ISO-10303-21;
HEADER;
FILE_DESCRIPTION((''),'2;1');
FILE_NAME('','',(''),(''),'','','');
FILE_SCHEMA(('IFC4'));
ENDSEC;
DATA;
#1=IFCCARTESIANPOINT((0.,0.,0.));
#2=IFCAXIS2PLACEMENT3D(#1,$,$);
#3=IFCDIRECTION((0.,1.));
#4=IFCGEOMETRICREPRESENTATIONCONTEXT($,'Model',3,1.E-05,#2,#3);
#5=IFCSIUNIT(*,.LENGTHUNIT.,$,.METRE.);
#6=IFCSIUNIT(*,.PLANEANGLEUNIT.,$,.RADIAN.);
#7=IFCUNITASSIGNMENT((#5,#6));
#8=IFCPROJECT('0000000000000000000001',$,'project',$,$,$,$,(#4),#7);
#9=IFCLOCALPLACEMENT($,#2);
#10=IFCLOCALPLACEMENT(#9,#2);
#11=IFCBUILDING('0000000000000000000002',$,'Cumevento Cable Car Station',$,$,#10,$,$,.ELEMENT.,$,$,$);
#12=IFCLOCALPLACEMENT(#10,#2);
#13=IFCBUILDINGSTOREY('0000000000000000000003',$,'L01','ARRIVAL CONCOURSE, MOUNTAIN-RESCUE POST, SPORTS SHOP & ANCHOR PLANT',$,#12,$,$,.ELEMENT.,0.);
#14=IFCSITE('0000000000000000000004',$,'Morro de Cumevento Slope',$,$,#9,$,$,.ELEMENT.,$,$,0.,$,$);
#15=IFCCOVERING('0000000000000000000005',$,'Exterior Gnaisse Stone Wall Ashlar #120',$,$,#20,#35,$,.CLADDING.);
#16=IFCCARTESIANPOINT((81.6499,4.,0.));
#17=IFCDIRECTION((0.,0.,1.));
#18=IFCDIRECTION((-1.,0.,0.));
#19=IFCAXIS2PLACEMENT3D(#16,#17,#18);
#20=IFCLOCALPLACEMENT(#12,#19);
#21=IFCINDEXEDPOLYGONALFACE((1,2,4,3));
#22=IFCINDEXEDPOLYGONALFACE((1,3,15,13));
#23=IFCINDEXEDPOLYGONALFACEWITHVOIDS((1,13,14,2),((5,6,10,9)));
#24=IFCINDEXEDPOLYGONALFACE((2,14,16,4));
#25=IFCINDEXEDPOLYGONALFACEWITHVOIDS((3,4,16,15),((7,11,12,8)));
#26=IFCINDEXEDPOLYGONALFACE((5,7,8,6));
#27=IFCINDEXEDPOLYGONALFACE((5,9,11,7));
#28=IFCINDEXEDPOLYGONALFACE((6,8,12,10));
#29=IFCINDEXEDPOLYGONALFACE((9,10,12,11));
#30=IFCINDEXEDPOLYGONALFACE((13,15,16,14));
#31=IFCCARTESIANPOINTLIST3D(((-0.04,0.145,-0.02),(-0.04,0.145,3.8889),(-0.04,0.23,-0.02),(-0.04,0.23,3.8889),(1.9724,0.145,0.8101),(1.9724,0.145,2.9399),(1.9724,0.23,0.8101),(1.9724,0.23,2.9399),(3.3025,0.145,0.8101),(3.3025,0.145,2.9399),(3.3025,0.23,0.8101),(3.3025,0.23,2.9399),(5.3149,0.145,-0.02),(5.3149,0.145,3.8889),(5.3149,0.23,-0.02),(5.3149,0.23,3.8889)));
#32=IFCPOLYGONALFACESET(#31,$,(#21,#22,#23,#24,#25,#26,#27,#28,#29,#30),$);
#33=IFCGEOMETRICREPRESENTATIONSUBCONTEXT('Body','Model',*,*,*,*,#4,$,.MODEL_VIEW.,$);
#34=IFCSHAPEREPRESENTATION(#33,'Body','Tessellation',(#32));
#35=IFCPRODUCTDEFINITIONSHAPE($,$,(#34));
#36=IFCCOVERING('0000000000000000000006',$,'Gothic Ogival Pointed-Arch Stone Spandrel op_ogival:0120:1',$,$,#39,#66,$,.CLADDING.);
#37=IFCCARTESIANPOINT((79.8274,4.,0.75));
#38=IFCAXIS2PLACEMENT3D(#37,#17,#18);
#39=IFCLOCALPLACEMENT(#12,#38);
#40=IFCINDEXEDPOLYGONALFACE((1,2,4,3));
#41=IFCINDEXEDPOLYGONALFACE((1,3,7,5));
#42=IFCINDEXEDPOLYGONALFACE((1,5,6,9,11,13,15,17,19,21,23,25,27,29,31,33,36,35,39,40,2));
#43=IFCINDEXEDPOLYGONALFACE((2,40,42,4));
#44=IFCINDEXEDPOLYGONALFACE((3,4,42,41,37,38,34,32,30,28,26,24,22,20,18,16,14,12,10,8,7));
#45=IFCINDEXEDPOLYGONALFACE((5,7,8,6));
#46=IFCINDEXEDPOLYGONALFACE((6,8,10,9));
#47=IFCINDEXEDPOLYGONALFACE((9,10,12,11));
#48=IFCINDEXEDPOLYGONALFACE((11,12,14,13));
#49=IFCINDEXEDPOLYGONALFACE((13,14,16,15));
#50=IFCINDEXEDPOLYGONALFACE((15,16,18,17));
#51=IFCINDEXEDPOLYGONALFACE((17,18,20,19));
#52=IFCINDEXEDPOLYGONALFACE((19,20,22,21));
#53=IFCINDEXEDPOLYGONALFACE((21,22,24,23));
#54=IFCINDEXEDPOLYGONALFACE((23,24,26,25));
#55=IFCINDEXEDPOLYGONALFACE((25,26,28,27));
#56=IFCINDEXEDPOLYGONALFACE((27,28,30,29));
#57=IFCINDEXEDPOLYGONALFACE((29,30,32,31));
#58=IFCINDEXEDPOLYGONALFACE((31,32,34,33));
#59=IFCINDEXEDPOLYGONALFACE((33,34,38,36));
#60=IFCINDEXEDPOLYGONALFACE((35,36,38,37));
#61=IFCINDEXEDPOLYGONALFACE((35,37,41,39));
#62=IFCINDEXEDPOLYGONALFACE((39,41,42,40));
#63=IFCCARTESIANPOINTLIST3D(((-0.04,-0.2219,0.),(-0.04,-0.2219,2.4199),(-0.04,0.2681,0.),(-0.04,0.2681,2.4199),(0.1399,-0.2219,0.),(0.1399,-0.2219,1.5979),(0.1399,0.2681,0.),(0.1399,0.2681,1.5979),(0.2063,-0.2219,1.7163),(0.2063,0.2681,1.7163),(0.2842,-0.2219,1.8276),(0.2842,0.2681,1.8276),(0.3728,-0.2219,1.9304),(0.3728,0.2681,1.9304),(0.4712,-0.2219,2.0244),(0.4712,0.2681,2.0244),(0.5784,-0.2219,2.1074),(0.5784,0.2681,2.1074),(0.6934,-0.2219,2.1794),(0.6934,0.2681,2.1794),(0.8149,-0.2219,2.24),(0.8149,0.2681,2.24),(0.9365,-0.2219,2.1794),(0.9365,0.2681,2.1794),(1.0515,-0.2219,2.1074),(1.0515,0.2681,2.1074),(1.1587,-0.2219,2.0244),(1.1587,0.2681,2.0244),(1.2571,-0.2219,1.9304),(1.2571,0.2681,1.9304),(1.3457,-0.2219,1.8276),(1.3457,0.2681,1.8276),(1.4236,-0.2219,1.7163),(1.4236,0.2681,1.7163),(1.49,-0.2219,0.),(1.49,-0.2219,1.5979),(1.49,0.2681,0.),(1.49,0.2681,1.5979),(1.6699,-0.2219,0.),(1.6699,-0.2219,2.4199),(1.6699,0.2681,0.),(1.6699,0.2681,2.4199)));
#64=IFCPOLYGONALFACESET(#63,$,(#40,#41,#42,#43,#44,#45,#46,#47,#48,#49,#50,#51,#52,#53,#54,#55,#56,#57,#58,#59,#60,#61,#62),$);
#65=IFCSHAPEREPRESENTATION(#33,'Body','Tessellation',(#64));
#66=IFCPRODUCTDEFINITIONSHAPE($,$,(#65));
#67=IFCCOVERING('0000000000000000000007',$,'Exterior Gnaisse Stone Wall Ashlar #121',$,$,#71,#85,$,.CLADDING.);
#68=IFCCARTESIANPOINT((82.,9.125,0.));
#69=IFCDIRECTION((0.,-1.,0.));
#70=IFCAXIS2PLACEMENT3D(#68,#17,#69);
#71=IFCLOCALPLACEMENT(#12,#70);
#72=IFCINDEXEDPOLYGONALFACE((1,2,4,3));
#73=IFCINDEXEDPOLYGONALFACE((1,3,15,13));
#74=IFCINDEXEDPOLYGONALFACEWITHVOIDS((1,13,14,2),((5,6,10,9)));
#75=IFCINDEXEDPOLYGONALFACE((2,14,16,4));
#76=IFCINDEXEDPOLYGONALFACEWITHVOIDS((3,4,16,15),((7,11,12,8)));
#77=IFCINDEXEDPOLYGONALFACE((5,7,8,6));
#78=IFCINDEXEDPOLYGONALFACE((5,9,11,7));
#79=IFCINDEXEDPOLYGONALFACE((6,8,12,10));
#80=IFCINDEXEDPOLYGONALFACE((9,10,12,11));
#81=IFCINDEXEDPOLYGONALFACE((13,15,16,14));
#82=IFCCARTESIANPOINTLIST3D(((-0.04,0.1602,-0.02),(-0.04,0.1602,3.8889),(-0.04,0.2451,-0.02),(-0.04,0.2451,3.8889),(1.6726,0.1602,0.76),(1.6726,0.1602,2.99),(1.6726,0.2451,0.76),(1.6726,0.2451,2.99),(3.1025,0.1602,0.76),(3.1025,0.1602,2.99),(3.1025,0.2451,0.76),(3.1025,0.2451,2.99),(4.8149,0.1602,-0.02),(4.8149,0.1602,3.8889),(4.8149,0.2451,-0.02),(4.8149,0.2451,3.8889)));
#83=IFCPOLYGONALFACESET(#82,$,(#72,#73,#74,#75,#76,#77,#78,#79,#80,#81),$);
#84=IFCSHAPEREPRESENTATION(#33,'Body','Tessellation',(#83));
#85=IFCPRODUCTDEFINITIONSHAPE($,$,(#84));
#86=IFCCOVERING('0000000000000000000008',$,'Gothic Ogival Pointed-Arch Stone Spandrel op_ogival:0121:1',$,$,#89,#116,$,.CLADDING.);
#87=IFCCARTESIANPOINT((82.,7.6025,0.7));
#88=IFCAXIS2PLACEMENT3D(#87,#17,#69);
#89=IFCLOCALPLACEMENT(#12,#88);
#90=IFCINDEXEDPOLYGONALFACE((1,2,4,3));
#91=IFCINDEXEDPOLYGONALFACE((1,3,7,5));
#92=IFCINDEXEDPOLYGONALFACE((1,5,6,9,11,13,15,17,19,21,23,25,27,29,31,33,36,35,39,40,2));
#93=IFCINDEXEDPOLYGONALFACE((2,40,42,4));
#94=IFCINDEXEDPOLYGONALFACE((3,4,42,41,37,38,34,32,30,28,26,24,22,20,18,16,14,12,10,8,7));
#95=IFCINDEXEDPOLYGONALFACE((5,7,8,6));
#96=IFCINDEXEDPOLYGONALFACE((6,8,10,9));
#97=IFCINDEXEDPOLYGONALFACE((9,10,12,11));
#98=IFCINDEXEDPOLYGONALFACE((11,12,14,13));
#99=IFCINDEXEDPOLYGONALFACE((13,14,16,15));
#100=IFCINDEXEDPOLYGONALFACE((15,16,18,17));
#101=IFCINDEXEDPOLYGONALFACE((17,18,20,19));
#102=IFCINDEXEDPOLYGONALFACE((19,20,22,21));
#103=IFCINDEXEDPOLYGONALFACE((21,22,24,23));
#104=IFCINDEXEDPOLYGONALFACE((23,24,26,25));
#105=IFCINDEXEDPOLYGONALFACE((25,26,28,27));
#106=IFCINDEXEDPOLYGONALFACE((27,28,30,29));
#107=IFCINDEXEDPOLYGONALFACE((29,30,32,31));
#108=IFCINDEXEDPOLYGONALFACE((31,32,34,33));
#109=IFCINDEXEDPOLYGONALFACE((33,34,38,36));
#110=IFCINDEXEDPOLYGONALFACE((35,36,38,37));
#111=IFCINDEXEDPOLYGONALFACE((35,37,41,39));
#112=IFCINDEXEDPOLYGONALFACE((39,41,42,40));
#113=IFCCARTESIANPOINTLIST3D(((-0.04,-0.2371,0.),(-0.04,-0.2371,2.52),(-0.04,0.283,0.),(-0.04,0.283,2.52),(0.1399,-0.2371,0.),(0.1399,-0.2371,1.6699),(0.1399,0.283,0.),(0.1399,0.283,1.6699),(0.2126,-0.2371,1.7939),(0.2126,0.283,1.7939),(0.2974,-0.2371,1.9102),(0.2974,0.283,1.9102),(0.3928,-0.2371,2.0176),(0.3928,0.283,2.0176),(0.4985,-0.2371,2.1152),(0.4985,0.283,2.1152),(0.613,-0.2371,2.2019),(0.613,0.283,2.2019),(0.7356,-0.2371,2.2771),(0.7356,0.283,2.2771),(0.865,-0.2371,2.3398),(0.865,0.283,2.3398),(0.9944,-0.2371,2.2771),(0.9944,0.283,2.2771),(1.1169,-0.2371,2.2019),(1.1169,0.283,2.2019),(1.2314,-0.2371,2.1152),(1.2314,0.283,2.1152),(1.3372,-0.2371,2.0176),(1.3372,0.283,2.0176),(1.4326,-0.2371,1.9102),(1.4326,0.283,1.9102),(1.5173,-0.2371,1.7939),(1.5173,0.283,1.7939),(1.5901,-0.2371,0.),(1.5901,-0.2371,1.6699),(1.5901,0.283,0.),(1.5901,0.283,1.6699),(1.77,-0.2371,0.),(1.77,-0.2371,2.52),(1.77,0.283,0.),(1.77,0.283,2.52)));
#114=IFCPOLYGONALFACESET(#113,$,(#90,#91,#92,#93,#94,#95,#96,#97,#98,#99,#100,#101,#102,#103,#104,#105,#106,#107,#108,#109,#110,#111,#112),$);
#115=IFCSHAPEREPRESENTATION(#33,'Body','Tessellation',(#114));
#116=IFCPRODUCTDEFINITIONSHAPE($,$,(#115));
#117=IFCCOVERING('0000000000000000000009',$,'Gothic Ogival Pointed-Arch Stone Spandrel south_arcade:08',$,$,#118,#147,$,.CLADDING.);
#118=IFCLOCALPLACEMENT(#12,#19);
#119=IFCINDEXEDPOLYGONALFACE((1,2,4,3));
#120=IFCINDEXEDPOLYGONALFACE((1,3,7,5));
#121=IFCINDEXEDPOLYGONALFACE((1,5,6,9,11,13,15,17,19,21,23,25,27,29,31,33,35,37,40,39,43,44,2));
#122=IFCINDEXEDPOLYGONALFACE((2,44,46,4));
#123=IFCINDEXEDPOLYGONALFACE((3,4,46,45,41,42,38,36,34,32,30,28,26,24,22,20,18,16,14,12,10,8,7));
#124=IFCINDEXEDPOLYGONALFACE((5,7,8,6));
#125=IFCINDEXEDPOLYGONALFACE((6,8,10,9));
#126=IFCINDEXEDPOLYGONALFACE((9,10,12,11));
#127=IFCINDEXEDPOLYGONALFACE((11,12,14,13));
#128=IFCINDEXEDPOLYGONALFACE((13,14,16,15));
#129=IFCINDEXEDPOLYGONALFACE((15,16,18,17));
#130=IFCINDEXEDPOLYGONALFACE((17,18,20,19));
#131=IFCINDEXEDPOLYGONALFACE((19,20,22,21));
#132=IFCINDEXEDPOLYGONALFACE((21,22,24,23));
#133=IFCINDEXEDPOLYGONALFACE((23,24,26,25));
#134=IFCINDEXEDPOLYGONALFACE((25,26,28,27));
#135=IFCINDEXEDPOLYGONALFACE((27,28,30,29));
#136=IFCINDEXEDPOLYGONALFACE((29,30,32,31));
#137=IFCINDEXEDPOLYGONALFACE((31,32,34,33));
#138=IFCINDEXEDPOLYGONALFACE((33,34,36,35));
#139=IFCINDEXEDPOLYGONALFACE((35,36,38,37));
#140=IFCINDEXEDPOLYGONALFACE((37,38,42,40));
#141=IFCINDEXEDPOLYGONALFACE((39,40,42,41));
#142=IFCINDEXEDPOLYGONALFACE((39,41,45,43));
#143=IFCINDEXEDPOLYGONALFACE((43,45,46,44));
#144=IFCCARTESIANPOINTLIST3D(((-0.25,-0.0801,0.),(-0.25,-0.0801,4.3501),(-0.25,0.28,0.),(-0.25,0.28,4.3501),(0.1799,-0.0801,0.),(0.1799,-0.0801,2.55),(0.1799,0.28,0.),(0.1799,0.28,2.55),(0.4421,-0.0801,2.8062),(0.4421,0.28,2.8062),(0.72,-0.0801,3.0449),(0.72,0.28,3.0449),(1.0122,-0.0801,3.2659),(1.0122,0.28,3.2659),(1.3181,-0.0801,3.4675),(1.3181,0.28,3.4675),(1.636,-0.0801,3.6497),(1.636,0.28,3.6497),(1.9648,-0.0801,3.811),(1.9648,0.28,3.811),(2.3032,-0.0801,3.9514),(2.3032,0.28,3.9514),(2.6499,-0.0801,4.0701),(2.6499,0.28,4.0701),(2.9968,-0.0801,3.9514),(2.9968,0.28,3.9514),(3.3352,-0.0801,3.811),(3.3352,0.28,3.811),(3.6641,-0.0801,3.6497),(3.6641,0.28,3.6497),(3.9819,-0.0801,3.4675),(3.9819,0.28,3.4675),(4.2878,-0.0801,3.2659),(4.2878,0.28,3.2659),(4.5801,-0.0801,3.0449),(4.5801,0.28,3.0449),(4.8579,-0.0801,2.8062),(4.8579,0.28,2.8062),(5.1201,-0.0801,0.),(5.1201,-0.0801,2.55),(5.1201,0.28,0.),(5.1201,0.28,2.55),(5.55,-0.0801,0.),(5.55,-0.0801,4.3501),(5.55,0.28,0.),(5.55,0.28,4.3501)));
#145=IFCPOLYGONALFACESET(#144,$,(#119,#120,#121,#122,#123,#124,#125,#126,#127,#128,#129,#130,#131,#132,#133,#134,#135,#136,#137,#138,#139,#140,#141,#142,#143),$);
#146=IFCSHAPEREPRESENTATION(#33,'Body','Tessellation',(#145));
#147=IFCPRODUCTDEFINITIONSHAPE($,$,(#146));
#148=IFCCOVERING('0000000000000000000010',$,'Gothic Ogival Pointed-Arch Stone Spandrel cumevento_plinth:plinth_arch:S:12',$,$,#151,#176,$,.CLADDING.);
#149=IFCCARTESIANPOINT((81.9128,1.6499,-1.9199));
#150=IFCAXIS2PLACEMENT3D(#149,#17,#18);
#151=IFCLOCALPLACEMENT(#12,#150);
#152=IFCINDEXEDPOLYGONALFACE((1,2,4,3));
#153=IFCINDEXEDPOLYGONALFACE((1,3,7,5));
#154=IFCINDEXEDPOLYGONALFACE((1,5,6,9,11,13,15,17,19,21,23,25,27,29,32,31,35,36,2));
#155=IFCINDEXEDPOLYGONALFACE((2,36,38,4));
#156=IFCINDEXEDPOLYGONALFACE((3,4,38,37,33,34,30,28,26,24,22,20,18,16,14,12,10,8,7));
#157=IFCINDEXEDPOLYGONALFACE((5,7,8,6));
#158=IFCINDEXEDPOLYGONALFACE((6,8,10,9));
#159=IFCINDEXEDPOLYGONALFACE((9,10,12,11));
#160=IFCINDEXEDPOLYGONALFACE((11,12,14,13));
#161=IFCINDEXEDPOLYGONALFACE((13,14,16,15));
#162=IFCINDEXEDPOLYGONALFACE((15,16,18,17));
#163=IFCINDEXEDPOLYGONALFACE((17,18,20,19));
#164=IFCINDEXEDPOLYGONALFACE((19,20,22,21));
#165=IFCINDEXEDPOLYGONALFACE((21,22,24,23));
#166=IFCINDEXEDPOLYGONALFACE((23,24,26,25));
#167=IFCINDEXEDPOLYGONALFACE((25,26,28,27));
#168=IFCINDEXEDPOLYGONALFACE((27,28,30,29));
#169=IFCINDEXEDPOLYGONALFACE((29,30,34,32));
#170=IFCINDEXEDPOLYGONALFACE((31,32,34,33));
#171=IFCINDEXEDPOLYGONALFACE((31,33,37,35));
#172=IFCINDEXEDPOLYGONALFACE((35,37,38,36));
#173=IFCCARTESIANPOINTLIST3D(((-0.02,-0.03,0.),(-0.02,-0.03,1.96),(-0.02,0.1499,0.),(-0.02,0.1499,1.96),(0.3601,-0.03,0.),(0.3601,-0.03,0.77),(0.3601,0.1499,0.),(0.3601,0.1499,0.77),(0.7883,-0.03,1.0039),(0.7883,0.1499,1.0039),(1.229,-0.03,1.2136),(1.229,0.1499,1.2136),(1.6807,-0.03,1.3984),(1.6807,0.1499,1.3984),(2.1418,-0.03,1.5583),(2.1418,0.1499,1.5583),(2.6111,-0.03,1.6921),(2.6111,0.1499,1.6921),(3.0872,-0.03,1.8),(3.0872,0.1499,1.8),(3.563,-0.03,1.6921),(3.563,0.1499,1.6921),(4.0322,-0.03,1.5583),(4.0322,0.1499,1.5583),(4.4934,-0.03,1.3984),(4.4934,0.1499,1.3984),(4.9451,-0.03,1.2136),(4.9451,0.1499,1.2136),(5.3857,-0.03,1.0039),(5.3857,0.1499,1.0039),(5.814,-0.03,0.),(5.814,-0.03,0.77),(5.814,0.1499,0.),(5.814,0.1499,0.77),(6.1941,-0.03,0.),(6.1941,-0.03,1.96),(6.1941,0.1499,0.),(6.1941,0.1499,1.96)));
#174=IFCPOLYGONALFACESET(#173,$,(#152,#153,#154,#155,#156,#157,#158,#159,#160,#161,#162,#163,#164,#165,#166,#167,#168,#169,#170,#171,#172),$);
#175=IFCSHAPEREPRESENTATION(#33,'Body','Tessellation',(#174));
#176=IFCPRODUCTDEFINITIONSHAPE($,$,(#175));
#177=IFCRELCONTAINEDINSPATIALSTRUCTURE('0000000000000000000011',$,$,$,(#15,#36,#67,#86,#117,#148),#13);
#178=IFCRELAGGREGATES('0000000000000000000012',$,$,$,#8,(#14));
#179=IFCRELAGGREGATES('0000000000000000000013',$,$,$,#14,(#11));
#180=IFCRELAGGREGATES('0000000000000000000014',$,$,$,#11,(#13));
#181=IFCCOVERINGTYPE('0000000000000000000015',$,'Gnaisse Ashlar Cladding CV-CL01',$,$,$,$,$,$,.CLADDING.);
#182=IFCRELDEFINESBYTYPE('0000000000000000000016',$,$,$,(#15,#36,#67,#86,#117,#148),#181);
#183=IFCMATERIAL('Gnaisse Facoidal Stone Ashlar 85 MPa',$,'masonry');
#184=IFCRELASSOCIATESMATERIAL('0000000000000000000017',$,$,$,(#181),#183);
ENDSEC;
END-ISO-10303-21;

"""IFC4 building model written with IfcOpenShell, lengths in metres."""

from ifc_helpers import new_model, si_unit, direction, frame, origin, place, context, subcontext, project, spatial, polyline, outline, extrude, material, type_object, element, save


model = new_model("IFC4")

# Units and contexts
model_context = context("Model", 3, precision=1e-05, world=origin(), true_north=direction((0.0, 1.0)))
body_context = subcontext(model_context, "Body", "Model", "MODEL_VIEW")
ifc_project = project(units=[si_unit("LENGTHUNIT", "METRE"), si_unit("PLANEANGLEUNIT", "RADIAN")], contexts=[model_context])

# Site, building, storey
site_placement = place(None, origin())
site = spatial("IfcSite", under=ifc_project, at=site_placement, Name="Morro de Cumevento Slope", CompositionType="ELEMENT", RefElevation=0.0)
building_placement = place(site_placement, origin())
building = spatial("IfcBuilding", under=site, at=building_placement, Name="Cumevento Cable Car Station", CompositionType="ELEMENT")
storey_placement = place(building_placement, origin())
storey = spatial("IfcBuildingStorey", under=building, at=storey_placement, Name="L01", Description="ARRIVAL CONCOURSE, MOUNTAIN-RESCUE POST, SPORTS SHOP & ANCHOR PLANT", CompositionType="ELEMENT", Elevation=0.0)

# Coverings
ifc_material_1 = material(Name="Gnaisse Facoidal Stone Ashlar 85 MPa", Category="masonry")
covering_type = type_object("IfcCoveringType", Name="Gnaisse Ashlar Cladding CV-CL01", PredefinedType="CLADDING", material=ifc_material_1)
covering_1_placement = place(storey_placement, frame((81.6499, 4.0, 0.0), z_axis=(0.0, 0.0, 1.0), x_axis=(-1.0, 0.0, 0.0)))
element("IfcCovering", 1, at=covering_1_placement, inside=storey, type_object=covering_type, Name="Exterior Gnaisse Stone Wall Ashlar #120", PredefinedType="CLADDING", context=body_context, shape_type="SweptSolid", body=[
    extrude(outline(polyline([(-0.04, -0.02), (5.3149, -0.02), (5.3149, 3.8889), (-0.04, 3.8889), (-0.04, -0.02)]), holes=[polyline([(1.9724, 0.8101), (3.3025, 0.8101), (3.3025, 2.9399), (1.9724, 2.9399), (1.9724, 0.8101)])]), frame((0.0, 0.23, 0.0), z_axis=(0.0, -1.0, 0.0), x_axis=(1.0, 0.0, 0.0)), (0.0, 0.0, 1.0), 0.085),
])
covering_2_placement = place(storey_placement, frame((79.8274, 4.0, 0.75), z_axis=(0.0, 0.0, 1.0), x_axis=(-1.0, 0.0, 0.0)))
element("IfcCovering", 2, at=covering_2_placement, inside=storey, type_object=covering_type, Name="Gothic Ogival Pointed-Arch Stone Spandrel op_ogival:0120:1", PredefinedType="CLADDING", context=body_context, shape_type="SweptSolid", body=[
    extrude(outline(polyline([(-0.04, 0.0), (-0.04, 2.4199), (1.6699, 2.4199), (1.6699, 0.0), (1.49, 0.0), (1.49, 1.5979), (1.4236, 1.7163), (1.3457, 1.8276), (1.2571, 1.9304), (1.1587, 2.0244), (1.0515, 2.1074), (0.9365, 2.1794), (0.8149, 2.24), (0.6934, 2.1794), (0.5784, 2.1074), (0.4712, 2.0244), (0.3728, 1.9304), (0.2842, 1.8276), (0.2063, 1.7163), (0.1399, 1.5979), (0.1399, 0.0), (-0.04, 0.0)])), frame((0.0, 0.2681, 0.0), z_axis=(0.0, -1.0, 0.0), x_axis=(1.0, 0.0, 0.0)), (0.0, 0.0, 1.0), 0.49),
])
covering_3_placement = place(storey_placement, frame((82.0, 9.125, 0.0), z_axis=(0.0, 0.0, 1.0), x_axis=(0.0, -1.0, 0.0)))
element("IfcCovering", 3, at=covering_3_placement, inside=storey, type_object=covering_type, Name="Exterior Gnaisse Stone Wall Ashlar #121", PredefinedType="CLADDING", context=body_context, shape_type="SweptSolid", body=[
    extrude(outline(polyline([(-0.04, -0.02), (4.8149, -0.02), (4.8149, 3.8889), (-0.04, 3.8889), (-0.04, -0.02)]), holes=[polyline([(1.6726, 0.76), (3.1025, 0.76), (3.1025, 2.99), (1.6726, 2.99), (1.6726, 0.76)])]), frame((0.0, 0.2451, 0.0), z_axis=(0.0, -1.0, 0.0), x_axis=(1.0, 0.0, 0.0)), (0.0, 0.0, 1.0), 0.085),
])
covering_4_placement = place(storey_placement, frame((82.0, 7.6025, 0.7), z_axis=(0.0, 0.0, 1.0), x_axis=(0.0, -1.0, 0.0)))
element("IfcCovering", 4, at=covering_4_placement, inside=storey, type_object=covering_type, Name="Gothic Ogival Pointed-Arch Stone Spandrel op_ogival:0121:1", PredefinedType="CLADDING", context=body_context, shape_type="SweptSolid", body=[
    extrude(outline(polyline([(-0.04, 0.0), (-0.04, 2.52), (1.77, 2.52), (1.77, 0.0), (1.5901, 0.0), (1.5901, 1.6699), (1.5173, 1.7939), (1.4326, 1.9102), (1.3372, 2.0176), (1.2314, 2.1152), (1.1169, 2.2019), (0.9944, 2.2771), (0.865, 2.3398), (0.7356, 2.2771), (0.613, 2.2019), (0.4985, 2.1152), (0.3928, 2.0176), (0.2974, 1.9102), (0.2126, 1.7939), (0.1399, 1.6699), (0.1399, 0.0), (-0.04, 0.0)])), frame((0.0, 0.283, 0.0), z_axis=(0.0, -1.0, 0.0), x_axis=(1.0, 0.0, 0.0)), (0.0, 0.0, 1.0), 0.52),
])
covering_5_placement = place(storey_placement, frame((81.6499, 4.0, 0.0), z_axis=(0.0, 0.0, 1.0), x_axis=(-1.0, 0.0, 0.0)))
element("IfcCovering", 5, at=covering_5_placement, inside=storey, type_object=covering_type, Name="Gothic Ogival Pointed-Arch Stone Spandrel south_arcade:08", PredefinedType="CLADDING", context=body_context, shape_type="SweptSolid", body=[
    extrude(outline(polyline([(-0.25, 0.0), (-0.25, 4.3501), (5.55, 4.3501), (5.55, 0.0), (5.1201, 0.0), (5.1201, 2.55), (4.8579, 2.8062), (4.5801, 3.0449), (4.2878, 3.2659), (3.9819, 3.4675), (3.6641, 3.6497), (3.3352, 3.811), (2.9968, 3.9514), (2.6499, 4.0701), (2.3032, 3.9514), (1.9648, 3.811), (1.636, 3.6497), (1.3181, 3.4675), (1.0122, 3.2659), (0.72, 3.0449), (0.4421, 2.8062), (0.1799, 2.55), (0.1799, 0.0), (-0.25, 0.0)])), frame((0.0, 0.28, 0.0), z_axis=(0.0, -1.0, 0.0), x_axis=(1.0, 0.0, 0.0)), (0.0, 0.0, 1.0), 0.3601),
])
covering_6_placement = place(storey_placement, frame((81.9128, 1.6499, -1.9199), z_axis=(0.0, 0.0, 1.0), x_axis=(-1.0, 0.0, 0.0)))
element("IfcCovering", 6, at=covering_6_placement, inside=storey, type_object=covering_type, Name="Gothic Ogival Pointed-Arch Stone Spandrel cumevento_plinth:plinth_arch:S:12", PredefinedType="CLADDING", context=body_context, shape_type="SweptSolid", body=[
    extrude(outline(polyline([(-0.02, 0.0), (-0.02, 1.96), (6.1941, 1.96), (6.1941, 0.0), (5.814, 0.0), (5.814, 0.77), (5.3857, 1.0039), (4.9451, 1.2136), (4.4934, 1.3984), (4.0322, 1.5583), (3.563, 1.6921), (3.0872, 1.8), (2.6111, 1.6921), (2.1418, 1.5583), (1.6807, 1.3984), (1.229, 1.2136), (0.7883, 1.0039), (0.3601, 0.77), (0.3601, 0.0), (-0.02, 0.0)])), frame((0.0, 0.1499, 0.0), z_axis=(0.0, -1.0, 0.0), x_axis=(1.0, 0.0, 0.0)), (0.0, 0.0, 1.0), 0.1799),
])

save(model, "model.ifc")
